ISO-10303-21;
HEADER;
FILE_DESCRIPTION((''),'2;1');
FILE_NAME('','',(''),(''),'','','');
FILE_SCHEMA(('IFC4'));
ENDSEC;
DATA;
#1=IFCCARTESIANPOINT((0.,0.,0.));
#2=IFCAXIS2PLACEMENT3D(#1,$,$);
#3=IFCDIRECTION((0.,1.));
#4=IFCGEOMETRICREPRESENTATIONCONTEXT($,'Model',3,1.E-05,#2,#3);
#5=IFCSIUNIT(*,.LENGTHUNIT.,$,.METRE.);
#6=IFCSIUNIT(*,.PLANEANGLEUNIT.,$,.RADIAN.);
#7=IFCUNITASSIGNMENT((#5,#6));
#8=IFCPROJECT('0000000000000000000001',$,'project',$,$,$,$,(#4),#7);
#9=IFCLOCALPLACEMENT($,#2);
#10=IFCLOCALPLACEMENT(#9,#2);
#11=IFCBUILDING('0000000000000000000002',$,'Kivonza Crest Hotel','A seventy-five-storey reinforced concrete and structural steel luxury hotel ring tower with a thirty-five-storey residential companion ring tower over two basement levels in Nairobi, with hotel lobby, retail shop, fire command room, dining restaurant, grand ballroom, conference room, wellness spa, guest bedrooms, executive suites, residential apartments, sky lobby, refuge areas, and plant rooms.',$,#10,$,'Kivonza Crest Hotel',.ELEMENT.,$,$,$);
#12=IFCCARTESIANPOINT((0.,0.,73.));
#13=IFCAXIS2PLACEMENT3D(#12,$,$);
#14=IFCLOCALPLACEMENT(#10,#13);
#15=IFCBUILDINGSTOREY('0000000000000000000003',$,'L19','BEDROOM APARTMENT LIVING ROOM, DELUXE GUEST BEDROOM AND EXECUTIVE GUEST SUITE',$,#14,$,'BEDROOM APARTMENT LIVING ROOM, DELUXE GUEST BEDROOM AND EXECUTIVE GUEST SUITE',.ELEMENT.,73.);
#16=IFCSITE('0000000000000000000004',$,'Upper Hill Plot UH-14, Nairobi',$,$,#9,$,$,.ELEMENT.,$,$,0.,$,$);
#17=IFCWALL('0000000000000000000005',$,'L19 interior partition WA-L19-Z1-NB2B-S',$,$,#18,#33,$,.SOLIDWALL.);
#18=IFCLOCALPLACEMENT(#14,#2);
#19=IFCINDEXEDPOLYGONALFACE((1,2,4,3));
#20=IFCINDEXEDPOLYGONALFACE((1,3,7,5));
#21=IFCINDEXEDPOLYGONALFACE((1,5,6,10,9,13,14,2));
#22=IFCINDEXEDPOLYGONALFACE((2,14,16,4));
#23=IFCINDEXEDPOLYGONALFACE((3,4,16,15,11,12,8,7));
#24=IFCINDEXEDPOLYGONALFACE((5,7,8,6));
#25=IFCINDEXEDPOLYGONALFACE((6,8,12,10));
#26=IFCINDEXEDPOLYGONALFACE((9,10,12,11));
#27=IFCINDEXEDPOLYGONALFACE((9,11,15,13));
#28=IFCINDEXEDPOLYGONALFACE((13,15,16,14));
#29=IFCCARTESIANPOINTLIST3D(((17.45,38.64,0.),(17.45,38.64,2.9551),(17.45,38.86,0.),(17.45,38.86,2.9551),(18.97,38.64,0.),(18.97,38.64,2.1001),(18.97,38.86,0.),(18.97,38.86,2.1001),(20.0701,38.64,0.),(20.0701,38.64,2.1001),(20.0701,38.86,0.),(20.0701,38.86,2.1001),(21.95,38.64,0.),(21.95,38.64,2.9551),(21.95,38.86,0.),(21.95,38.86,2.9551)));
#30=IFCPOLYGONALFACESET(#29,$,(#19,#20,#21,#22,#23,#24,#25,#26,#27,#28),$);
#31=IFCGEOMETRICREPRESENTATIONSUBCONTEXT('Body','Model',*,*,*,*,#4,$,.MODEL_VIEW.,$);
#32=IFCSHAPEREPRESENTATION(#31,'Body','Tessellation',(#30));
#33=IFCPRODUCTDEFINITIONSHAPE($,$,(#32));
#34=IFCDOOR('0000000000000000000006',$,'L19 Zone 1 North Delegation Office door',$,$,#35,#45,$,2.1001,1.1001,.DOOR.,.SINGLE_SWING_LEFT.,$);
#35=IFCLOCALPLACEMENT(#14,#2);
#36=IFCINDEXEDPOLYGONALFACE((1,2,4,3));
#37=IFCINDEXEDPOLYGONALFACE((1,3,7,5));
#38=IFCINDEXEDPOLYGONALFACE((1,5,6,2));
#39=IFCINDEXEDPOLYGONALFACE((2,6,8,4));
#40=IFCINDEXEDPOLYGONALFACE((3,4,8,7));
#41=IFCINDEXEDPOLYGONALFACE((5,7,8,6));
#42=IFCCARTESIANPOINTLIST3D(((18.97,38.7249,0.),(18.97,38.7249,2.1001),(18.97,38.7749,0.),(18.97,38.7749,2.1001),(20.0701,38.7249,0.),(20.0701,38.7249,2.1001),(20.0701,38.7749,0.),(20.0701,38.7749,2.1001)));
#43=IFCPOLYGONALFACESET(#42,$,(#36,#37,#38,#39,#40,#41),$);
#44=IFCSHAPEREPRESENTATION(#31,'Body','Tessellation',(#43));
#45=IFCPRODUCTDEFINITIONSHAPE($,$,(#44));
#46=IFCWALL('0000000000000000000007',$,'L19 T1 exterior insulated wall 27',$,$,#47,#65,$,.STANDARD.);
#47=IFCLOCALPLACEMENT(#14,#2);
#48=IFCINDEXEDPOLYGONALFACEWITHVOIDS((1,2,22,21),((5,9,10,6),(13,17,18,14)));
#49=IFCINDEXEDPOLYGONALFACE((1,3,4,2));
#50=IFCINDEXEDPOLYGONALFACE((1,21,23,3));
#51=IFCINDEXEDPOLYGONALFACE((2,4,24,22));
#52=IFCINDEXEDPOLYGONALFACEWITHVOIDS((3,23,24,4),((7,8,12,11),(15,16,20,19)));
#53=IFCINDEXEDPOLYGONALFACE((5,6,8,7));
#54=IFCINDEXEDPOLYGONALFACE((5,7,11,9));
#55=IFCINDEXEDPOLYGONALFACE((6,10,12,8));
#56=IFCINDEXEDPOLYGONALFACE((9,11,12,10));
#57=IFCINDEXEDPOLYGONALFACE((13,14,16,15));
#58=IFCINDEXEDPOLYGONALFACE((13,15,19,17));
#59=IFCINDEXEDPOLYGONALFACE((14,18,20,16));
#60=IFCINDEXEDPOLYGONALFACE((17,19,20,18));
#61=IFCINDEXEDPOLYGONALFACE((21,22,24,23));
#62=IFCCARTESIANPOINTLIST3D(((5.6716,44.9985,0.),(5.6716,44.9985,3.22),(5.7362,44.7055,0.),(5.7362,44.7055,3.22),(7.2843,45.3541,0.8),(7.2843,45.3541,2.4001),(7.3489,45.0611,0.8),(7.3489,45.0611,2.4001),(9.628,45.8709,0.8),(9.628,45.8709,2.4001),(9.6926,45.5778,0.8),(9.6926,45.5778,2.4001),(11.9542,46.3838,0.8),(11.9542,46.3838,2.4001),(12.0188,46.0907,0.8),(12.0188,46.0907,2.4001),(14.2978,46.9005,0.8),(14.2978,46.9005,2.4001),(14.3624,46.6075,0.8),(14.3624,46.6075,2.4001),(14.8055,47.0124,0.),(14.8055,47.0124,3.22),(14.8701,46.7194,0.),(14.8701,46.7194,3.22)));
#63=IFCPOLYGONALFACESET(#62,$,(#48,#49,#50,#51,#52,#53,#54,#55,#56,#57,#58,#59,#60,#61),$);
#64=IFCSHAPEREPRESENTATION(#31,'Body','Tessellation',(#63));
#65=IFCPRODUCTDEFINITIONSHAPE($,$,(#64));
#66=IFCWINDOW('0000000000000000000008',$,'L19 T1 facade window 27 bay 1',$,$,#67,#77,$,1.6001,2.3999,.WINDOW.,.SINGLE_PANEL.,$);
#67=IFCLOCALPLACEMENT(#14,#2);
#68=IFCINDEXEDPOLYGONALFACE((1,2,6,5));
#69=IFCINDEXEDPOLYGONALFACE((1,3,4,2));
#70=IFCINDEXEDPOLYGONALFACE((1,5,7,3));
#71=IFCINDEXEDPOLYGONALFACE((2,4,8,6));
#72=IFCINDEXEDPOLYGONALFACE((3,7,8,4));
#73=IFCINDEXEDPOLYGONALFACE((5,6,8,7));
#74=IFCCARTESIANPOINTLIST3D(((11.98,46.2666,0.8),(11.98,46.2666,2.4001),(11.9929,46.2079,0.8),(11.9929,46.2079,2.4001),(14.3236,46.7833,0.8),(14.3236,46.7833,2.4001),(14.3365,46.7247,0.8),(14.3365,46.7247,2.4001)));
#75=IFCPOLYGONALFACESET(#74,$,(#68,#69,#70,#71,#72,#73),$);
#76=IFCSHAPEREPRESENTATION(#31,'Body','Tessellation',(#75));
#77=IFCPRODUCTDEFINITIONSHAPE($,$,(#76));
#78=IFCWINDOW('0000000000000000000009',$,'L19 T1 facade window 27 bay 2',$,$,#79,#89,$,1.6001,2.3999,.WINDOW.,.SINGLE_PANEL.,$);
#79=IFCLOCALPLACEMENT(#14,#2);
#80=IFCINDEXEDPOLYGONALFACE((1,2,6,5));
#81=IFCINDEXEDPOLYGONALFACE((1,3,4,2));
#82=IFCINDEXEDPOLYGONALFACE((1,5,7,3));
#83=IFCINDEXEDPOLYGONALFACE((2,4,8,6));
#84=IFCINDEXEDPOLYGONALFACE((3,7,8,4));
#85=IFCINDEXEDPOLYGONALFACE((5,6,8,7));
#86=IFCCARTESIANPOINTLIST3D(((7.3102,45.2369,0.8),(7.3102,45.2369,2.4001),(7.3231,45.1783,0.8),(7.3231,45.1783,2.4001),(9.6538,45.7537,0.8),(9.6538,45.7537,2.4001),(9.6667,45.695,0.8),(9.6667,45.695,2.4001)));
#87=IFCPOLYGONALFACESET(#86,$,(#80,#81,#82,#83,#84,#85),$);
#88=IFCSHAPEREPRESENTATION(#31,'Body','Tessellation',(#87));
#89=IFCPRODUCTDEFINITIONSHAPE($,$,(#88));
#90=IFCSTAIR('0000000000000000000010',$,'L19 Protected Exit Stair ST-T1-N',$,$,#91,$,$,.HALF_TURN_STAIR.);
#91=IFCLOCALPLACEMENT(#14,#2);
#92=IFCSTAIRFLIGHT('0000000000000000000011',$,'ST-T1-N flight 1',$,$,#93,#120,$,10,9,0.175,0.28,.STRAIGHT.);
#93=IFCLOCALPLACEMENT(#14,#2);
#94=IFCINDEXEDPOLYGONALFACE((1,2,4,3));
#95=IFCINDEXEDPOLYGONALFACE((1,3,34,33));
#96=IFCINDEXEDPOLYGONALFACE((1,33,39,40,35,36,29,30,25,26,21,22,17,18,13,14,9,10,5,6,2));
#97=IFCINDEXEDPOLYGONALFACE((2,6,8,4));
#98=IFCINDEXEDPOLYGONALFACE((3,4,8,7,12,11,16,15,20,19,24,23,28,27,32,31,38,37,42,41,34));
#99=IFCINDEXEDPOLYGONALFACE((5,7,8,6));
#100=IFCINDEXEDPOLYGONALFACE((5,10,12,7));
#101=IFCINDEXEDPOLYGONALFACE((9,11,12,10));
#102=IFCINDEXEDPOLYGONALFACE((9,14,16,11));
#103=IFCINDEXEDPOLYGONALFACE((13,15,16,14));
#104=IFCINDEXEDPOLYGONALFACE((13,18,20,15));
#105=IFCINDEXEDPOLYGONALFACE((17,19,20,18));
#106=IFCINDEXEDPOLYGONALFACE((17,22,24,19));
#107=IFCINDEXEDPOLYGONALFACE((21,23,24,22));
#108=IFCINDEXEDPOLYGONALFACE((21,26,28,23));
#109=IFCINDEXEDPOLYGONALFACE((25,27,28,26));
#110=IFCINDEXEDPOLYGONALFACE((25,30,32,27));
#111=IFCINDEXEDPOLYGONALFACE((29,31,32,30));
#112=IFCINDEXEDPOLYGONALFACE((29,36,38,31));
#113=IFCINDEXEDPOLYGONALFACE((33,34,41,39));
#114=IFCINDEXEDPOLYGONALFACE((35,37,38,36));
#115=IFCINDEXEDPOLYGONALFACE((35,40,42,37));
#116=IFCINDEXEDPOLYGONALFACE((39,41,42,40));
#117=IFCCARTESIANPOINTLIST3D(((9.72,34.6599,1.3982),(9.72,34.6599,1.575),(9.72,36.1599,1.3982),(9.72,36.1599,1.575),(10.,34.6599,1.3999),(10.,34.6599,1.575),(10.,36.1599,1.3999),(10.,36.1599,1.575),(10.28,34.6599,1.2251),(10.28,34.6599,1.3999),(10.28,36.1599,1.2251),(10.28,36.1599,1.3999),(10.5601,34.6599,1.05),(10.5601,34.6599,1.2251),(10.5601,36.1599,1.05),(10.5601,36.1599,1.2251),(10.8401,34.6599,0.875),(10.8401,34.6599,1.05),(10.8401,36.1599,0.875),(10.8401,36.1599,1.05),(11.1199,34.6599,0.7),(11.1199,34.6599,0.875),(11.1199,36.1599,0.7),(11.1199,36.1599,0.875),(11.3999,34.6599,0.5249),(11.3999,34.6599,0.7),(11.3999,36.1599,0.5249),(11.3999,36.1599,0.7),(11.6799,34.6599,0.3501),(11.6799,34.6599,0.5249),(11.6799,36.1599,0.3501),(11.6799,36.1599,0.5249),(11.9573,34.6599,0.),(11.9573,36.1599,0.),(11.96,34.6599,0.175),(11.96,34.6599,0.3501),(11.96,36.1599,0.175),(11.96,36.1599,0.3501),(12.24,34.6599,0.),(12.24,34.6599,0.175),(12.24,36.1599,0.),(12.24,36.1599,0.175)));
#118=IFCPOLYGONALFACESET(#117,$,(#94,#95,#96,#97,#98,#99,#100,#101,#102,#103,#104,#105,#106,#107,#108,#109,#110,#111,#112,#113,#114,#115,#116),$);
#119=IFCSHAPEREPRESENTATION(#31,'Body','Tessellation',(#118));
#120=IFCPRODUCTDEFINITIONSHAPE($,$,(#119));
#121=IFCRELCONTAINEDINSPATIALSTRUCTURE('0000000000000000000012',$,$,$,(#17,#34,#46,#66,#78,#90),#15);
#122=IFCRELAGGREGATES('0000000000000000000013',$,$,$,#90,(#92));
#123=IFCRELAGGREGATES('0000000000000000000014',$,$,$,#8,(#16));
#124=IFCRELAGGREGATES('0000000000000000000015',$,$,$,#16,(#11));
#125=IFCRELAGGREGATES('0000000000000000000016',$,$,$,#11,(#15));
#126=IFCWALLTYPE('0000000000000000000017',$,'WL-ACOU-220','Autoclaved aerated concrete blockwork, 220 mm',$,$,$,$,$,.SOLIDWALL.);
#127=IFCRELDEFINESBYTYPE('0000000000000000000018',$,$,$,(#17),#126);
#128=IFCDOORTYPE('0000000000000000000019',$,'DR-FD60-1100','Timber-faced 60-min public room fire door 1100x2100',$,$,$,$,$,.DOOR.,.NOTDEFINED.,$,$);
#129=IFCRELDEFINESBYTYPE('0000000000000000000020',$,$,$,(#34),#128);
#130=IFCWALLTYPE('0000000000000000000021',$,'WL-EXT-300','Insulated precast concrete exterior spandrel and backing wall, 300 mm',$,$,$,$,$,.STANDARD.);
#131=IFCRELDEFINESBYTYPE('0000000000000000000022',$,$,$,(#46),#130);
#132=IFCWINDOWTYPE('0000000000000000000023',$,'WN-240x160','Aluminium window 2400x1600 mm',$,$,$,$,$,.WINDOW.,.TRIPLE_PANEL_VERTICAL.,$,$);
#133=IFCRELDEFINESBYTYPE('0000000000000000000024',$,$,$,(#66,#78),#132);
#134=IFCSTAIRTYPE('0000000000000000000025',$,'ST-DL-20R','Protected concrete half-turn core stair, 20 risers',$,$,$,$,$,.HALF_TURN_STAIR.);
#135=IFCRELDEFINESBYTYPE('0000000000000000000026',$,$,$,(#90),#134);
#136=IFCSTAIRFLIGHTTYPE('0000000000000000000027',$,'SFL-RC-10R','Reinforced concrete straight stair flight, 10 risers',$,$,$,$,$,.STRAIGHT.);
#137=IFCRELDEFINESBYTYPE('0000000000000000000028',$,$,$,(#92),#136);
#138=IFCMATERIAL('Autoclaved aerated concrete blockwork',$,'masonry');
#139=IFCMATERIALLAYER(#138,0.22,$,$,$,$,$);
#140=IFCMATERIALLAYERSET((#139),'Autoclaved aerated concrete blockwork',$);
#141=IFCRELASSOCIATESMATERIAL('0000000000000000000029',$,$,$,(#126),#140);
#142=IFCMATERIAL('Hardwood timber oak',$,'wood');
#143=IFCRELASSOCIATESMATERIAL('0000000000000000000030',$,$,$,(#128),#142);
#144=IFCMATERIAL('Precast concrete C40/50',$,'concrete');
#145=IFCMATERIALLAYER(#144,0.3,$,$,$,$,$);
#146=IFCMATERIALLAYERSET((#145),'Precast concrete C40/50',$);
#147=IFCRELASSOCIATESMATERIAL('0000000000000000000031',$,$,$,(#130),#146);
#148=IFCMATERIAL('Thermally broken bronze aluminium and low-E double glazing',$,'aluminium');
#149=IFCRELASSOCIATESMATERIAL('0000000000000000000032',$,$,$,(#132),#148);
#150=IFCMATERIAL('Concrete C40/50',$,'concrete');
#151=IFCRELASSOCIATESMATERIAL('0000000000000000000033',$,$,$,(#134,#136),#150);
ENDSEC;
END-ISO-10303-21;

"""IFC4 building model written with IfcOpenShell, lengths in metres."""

from ifc_helpers import new_model, si_unit, direction, frame, frame_2d, origin, place, context, subcontext, project, spatial, polyline, rectangle, outline, extrude, material, layer, layer_set, type_object, element, fill, aggregate, save


model = new_model("IFC4")

# Units and contexts
model_context = context("Model", 3, precision=1e-05, world=origin(), true_north=direction((0.0, 1.0)))
body_context = subcontext(model_context, "Body", "Model", "MODEL_VIEW")
ifc_project = project(units=[si_unit("LENGTHUNIT", "METRE"), si_unit("PLANEANGLEUNIT", "RADIAN")], contexts=[model_context])

# Site, building, storey
site_placement = place(None, origin())
site = spatial("IfcSite", under=ifc_project, at=site_placement, Name="Upper Hill Plot UH-14, Nairobi", CompositionType="ELEMENT", RefElevation=0.0)
building_placement = place(site_placement, origin())
building = spatial("IfcBuilding", under=site, at=building_placement, Name="Kivonza Crest Hotel", Description="A seventy-five-storey reinforced concrete and structural steel luxury hotel ring tower with a thirty-five-storey residential companion ring tower over two basement levels in Nairobi, with hotel lobby, retail shop, fire command room, dining restaurant, grand ballroom, conference room, wellness spa, guest bedrooms, executive suites, residential apartments, sky lobby, refuge areas, and plant rooms.", LongName="Kivonza Crest Hotel", CompositionType="ELEMENT")
storey_placement = place(building_placement, frame((0.0, 0.0, 73.0)))
storey = spatial("IfcBuildingStorey", under=building, at=storey_placement, Name="L19", Description="BEDROOM APARTMENT LIVING ROOM, DELUXE GUEST BEDROOM AND EXECUTIVE GUEST SUITE", LongName="BEDROOM APARTMENT LIVING ROOM, DELUXE GUEST BEDROOM AND EXECUTIVE GUEST SUITE", CompositionType="ELEMENT", Elevation=73.0)

# Wall, opening, door
ifc_material_1 = material(Name="Autoclaved aerated concrete blockwork", Category="masonry")
ifc_layer_1 = layer(ifc_material_1, 0.22)
ifc_layer_set_1 = layer_set([ifc_layer_1], Name="Autoclaved aerated concrete blockwork")
wall_type_1 = type_object("IfcWallType", Name="WL-ACOU-220", Description="Autoclaved aerated concrete blockwork, 220 mm", PredefinedType="SOLIDWALL", material=ifc_layer_set_1)
ifc_material_2 = material(Name="Hardwood timber oak", Category="wood")
door_type = type_object("IfcDoorType", Name="DR-FD60-1100", Description="Timber-faced 60-min public room fire door 1100x2100", OperationType="NOTDEFINED", PredefinedType="DOOR", material=ifc_material_2)
wall_1_placement = place(storey_placement, frame((17.45, 38.75, 0.0), z_axis=(0.0, 0.0, 1.0), x_axis=(1.0, 0.0, 0.0)))
wall_1 = element("IfcWall", 1, at=wall_1_placement, inside=storey, type_object=wall_type_1, Name="L19 interior partition WA-L19-Z1-NB2B-S", PredefinedType="SOLIDWALL", context=body_context, shape_type="SweptSolid", body=[
    extrude(rectangle(XDim=4.5, YDim=0.22, at=frame_2d((2.25, 0.0))), origin(), (0.0, 0.0, 1.0), 2.9551),
])
opening_1_placement = place(wall_1_placement, frame((1.52, 0.0, 0.0)))
opening_1 = element("IfcOpeningElement", 2, at=opening_1_placement, cuts=wall_1, PredefinedType="OPENING", context=body_context, shape_type="SweptSolid", body=[
    extrude(rectangle(XDim=1.1001, YDim=2.1001, at=frame_2d((0.55, 1.05))), frame((0.0, 0.1201, 0.0), z_axis=(0.0, -1.0, 0.0), x_axis=(1.0, 0.0, 0.0)), (0.0, 0.0, 1.0), 0.24),
])
door_1_placement = place(opening_1_placement, origin())
door_1 = element("IfcDoor", 3, at=door_1_placement, inside=storey, type_object=door_type, Name="L19 Zone 1 North Delegation Office door", OperationType="SINGLE_SWING_LEFT", OverallHeight=2.1001, OverallWidth=1.1001, PredefinedType="DOOR", context=body_context, shape_type="SweptSolid", body=[
    extrude(rectangle(XDim=1.1001, YDim=2.1001, at=frame_2d((0.55, 1.05))), frame((0.0, 0.0249, 0.0), z_axis=(0.0, -1.0, 0.0), x_axis=(1.0, 0.0, 0.0)), (0.0, 0.0, 1.0), 0.05),
])
fill(opening_1, door_1)

# Wall, openings, windows
ifc_material_3 = material(Name="Precast concrete C40/50", Category="concrete")
ifc_layer_2 = layer(ifc_material_3, 0.3)
ifc_layer_set_2 = layer_set([ifc_layer_2], Name="Precast concrete C40/50")
wall_type_2 = type_object("IfcWallType", Name="WL-EXT-300", Description="Insulated precast concrete exterior spandrel and backing wall, 300 mm", PredefinedType="STANDARD", material=ifc_layer_set_2)
wall_2_placement = place(storey_placement, frame((14.8379, 46.866, 0.0), z_axis=(0.0, 0.0, 1.0), x_axis=(-0.976544, -0.215319, 0.0)))
wall_2 = element("IfcWall", 4, at=wall_2_placement, inside=storey, type_object=wall_type_2, Name="L19 T1 exterior insulated wall 27", PredefinedType="STANDARD", context=body_context, shape_type="SweptSolid", body=[
    extrude(rectangle(XDim=9.3533, YDim=0.3, at=frame_2d((4.6768, 0.0))), origin(), (0.0, 0.0, 1.0), 3.22),
])
opening_2_placement = place(wall_2_placement, frame((0.52, 0.0, 0.8)))
opening_2 = element("IfcOpeningElement", 5, at=opening_2_placement, cuts=wall_2, PredefinedType="OPENING", context=body_context, shape_type="SweptSolid", body=[
    extrude(rectangle(XDim=2.3999, YDim=1.6001, at=frame_2d((1.2, 0.8))), frame((0.0, 0.1602, 0.0), z_axis=(0.0, -1.0, 0.0), x_axis=(1.0, 0.0, 0.0)), (0.0, 0.0, 1.0), 0.3201),
])
opening_3_placement = place(wall_2_placement, frame((5.302, 0.0, 0.8)))
opening_3 = element("IfcOpeningElement", 6, at=opening_3_placement, cuts=wall_2, PredefinedType="OPENING", context=body_context, shape_type="SweptSolid", body=[
    extrude(rectangle(XDim=2.3999, YDim=1.6001, at=frame_2d((1.2, 0.8))), frame((0.0, 0.1602, 0.0), z_axis=(0.0, -1.0, 0.0), x_axis=(1.0, 0.0, 0.0)), (0.0, 0.0, 1.0), 0.3201),
])
ifc_material_4 = material(Name="Thermally broken bronze aluminium and low-E double glazing", Category="aluminium")
window_type = type_object("IfcWindowType", Name="WN-240x160", Description="Aluminium window 2400x1600 mm", PartitioningType="TRIPLE_PANEL_VERTICAL", PredefinedType="WINDOW", material=ifc_material_4)
window_1_placement = place(opening_2_placement, origin())
window_1 = element("IfcWindow", 7, at=window_1_placement, inside=storey, type_object=window_type, Name="L19 T1 facade window 27 bay 1", OverallHeight=1.6001, OverallWidth=2.3999, PartitioningType="SINGLE_PANEL", PredefinedType="WINDOW", context=body_context, shape_type="SweptSolid", body=[
    extrude(rectangle(XDim=2.3999, YDim=1.6001, at=frame_2d((1.2, 0.8))), frame((0.0, 0.03, 0.0), z_axis=(0.0, -1.0, 0.0), x_axis=(1.0, 0.0, 0.0)), (0.0, 0.0, 1.0), 0.0601),
])
fill(opening_2, window_1)
window_2_placement = place(opening_3_placement, origin())
window_2 = element("IfcWindow", 8, at=window_2_placement, inside=storey, type_object=window_type, Name="L19 T1 facade window 27 bay 2", OverallHeight=1.6001, OverallWidth=2.3999, PartitioningType="SINGLE_PANEL", PredefinedType="WINDOW", context=body_context, shape_type="SweptSolid", body=[
    extrude(rectangle(XDim=2.3999, YDim=1.6001, at=frame_2d((1.2, 0.8))), frame((0.0, 0.03, 0.0), z_axis=(0.0, -1.0, 0.0), x_axis=(1.0, 0.0, 0.0)), (0.0, 0.0, 1.0), 0.0601),
])
fill(opening_3, window_2)

# Stair, stair flight
ifc_material_5 = material(Name="Concrete C40/50", Category="concrete")
stair_type = type_object("IfcStairType", Name="ST-DL-20R", Description="Protected concrete half-turn core stair, 20 risers", PredefinedType="HALF_TURN_STAIR", material=ifc_material_5)
stair_placement = place(storey_placement, origin())
stair = element("IfcStair", 9, at=stair_placement, inside=storey, type_object=stair_type, Name="L19 Protected Exit Stair ST-T1-N", PredefinedType="HALF_TURN_STAIR")
stair_flight_type = type_object("IfcStairFlightType", Name="SFL-RC-10R", Description="Reinforced concrete straight stair flight, 10 risers", PredefinedType="STRAIGHT", material=ifc_material_5)
stair_flight_placement = place(storey_placement, frame((12.24, 35.4099, 0.0), z_axis=(0.0, 0.0, 1.0), x_axis=(-1.0, 0.0, 0.0)))
stair_flight = element("IfcStairFlight", 10, at=stair_flight_placement, type_object=stair_flight_type, Name="ST-T1-N flight 1", NumberOfRisers=10, NumberOfTreads=9, PredefinedType="STRAIGHT", RiserHeight=0.175, TreadLength=0.28, context=body_context, shape_type="SweptSolid", body=[
    extrude(outline(polyline([(0.0, 0.0), (0.0, 0.175), (0.28, 0.175), (0.28, 0.3501), (0.5601, 0.3501), (0.5601, 0.5249), (0.8401, 0.5249), (0.8401, 0.7), (1.1201, 0.7), (1.1201, 0.875), (1.3999, 0.875), (1.3999, 1.05), (1.6799, 1.05), (1.6799, 1.2251), (1.96, 1.2251), (1.96, 1.3999), (2.24, 1.3999), (2.24, 1.575), (2.52, 1.575), (2.52, 1.75), (2.52, 1.3982), (0.2827, 0.0), (0.0, 0.0)])), frame((0.0, 0.75, 0.0), z_axis=(0.0, -1.0, 0.0), x_axis=(1.0, 0.0, 0.0)), (0.0, 0.0, 1.0), 1.5),
])
aggregate(stair, [stair_flight])

save(model, "model.ifc")
